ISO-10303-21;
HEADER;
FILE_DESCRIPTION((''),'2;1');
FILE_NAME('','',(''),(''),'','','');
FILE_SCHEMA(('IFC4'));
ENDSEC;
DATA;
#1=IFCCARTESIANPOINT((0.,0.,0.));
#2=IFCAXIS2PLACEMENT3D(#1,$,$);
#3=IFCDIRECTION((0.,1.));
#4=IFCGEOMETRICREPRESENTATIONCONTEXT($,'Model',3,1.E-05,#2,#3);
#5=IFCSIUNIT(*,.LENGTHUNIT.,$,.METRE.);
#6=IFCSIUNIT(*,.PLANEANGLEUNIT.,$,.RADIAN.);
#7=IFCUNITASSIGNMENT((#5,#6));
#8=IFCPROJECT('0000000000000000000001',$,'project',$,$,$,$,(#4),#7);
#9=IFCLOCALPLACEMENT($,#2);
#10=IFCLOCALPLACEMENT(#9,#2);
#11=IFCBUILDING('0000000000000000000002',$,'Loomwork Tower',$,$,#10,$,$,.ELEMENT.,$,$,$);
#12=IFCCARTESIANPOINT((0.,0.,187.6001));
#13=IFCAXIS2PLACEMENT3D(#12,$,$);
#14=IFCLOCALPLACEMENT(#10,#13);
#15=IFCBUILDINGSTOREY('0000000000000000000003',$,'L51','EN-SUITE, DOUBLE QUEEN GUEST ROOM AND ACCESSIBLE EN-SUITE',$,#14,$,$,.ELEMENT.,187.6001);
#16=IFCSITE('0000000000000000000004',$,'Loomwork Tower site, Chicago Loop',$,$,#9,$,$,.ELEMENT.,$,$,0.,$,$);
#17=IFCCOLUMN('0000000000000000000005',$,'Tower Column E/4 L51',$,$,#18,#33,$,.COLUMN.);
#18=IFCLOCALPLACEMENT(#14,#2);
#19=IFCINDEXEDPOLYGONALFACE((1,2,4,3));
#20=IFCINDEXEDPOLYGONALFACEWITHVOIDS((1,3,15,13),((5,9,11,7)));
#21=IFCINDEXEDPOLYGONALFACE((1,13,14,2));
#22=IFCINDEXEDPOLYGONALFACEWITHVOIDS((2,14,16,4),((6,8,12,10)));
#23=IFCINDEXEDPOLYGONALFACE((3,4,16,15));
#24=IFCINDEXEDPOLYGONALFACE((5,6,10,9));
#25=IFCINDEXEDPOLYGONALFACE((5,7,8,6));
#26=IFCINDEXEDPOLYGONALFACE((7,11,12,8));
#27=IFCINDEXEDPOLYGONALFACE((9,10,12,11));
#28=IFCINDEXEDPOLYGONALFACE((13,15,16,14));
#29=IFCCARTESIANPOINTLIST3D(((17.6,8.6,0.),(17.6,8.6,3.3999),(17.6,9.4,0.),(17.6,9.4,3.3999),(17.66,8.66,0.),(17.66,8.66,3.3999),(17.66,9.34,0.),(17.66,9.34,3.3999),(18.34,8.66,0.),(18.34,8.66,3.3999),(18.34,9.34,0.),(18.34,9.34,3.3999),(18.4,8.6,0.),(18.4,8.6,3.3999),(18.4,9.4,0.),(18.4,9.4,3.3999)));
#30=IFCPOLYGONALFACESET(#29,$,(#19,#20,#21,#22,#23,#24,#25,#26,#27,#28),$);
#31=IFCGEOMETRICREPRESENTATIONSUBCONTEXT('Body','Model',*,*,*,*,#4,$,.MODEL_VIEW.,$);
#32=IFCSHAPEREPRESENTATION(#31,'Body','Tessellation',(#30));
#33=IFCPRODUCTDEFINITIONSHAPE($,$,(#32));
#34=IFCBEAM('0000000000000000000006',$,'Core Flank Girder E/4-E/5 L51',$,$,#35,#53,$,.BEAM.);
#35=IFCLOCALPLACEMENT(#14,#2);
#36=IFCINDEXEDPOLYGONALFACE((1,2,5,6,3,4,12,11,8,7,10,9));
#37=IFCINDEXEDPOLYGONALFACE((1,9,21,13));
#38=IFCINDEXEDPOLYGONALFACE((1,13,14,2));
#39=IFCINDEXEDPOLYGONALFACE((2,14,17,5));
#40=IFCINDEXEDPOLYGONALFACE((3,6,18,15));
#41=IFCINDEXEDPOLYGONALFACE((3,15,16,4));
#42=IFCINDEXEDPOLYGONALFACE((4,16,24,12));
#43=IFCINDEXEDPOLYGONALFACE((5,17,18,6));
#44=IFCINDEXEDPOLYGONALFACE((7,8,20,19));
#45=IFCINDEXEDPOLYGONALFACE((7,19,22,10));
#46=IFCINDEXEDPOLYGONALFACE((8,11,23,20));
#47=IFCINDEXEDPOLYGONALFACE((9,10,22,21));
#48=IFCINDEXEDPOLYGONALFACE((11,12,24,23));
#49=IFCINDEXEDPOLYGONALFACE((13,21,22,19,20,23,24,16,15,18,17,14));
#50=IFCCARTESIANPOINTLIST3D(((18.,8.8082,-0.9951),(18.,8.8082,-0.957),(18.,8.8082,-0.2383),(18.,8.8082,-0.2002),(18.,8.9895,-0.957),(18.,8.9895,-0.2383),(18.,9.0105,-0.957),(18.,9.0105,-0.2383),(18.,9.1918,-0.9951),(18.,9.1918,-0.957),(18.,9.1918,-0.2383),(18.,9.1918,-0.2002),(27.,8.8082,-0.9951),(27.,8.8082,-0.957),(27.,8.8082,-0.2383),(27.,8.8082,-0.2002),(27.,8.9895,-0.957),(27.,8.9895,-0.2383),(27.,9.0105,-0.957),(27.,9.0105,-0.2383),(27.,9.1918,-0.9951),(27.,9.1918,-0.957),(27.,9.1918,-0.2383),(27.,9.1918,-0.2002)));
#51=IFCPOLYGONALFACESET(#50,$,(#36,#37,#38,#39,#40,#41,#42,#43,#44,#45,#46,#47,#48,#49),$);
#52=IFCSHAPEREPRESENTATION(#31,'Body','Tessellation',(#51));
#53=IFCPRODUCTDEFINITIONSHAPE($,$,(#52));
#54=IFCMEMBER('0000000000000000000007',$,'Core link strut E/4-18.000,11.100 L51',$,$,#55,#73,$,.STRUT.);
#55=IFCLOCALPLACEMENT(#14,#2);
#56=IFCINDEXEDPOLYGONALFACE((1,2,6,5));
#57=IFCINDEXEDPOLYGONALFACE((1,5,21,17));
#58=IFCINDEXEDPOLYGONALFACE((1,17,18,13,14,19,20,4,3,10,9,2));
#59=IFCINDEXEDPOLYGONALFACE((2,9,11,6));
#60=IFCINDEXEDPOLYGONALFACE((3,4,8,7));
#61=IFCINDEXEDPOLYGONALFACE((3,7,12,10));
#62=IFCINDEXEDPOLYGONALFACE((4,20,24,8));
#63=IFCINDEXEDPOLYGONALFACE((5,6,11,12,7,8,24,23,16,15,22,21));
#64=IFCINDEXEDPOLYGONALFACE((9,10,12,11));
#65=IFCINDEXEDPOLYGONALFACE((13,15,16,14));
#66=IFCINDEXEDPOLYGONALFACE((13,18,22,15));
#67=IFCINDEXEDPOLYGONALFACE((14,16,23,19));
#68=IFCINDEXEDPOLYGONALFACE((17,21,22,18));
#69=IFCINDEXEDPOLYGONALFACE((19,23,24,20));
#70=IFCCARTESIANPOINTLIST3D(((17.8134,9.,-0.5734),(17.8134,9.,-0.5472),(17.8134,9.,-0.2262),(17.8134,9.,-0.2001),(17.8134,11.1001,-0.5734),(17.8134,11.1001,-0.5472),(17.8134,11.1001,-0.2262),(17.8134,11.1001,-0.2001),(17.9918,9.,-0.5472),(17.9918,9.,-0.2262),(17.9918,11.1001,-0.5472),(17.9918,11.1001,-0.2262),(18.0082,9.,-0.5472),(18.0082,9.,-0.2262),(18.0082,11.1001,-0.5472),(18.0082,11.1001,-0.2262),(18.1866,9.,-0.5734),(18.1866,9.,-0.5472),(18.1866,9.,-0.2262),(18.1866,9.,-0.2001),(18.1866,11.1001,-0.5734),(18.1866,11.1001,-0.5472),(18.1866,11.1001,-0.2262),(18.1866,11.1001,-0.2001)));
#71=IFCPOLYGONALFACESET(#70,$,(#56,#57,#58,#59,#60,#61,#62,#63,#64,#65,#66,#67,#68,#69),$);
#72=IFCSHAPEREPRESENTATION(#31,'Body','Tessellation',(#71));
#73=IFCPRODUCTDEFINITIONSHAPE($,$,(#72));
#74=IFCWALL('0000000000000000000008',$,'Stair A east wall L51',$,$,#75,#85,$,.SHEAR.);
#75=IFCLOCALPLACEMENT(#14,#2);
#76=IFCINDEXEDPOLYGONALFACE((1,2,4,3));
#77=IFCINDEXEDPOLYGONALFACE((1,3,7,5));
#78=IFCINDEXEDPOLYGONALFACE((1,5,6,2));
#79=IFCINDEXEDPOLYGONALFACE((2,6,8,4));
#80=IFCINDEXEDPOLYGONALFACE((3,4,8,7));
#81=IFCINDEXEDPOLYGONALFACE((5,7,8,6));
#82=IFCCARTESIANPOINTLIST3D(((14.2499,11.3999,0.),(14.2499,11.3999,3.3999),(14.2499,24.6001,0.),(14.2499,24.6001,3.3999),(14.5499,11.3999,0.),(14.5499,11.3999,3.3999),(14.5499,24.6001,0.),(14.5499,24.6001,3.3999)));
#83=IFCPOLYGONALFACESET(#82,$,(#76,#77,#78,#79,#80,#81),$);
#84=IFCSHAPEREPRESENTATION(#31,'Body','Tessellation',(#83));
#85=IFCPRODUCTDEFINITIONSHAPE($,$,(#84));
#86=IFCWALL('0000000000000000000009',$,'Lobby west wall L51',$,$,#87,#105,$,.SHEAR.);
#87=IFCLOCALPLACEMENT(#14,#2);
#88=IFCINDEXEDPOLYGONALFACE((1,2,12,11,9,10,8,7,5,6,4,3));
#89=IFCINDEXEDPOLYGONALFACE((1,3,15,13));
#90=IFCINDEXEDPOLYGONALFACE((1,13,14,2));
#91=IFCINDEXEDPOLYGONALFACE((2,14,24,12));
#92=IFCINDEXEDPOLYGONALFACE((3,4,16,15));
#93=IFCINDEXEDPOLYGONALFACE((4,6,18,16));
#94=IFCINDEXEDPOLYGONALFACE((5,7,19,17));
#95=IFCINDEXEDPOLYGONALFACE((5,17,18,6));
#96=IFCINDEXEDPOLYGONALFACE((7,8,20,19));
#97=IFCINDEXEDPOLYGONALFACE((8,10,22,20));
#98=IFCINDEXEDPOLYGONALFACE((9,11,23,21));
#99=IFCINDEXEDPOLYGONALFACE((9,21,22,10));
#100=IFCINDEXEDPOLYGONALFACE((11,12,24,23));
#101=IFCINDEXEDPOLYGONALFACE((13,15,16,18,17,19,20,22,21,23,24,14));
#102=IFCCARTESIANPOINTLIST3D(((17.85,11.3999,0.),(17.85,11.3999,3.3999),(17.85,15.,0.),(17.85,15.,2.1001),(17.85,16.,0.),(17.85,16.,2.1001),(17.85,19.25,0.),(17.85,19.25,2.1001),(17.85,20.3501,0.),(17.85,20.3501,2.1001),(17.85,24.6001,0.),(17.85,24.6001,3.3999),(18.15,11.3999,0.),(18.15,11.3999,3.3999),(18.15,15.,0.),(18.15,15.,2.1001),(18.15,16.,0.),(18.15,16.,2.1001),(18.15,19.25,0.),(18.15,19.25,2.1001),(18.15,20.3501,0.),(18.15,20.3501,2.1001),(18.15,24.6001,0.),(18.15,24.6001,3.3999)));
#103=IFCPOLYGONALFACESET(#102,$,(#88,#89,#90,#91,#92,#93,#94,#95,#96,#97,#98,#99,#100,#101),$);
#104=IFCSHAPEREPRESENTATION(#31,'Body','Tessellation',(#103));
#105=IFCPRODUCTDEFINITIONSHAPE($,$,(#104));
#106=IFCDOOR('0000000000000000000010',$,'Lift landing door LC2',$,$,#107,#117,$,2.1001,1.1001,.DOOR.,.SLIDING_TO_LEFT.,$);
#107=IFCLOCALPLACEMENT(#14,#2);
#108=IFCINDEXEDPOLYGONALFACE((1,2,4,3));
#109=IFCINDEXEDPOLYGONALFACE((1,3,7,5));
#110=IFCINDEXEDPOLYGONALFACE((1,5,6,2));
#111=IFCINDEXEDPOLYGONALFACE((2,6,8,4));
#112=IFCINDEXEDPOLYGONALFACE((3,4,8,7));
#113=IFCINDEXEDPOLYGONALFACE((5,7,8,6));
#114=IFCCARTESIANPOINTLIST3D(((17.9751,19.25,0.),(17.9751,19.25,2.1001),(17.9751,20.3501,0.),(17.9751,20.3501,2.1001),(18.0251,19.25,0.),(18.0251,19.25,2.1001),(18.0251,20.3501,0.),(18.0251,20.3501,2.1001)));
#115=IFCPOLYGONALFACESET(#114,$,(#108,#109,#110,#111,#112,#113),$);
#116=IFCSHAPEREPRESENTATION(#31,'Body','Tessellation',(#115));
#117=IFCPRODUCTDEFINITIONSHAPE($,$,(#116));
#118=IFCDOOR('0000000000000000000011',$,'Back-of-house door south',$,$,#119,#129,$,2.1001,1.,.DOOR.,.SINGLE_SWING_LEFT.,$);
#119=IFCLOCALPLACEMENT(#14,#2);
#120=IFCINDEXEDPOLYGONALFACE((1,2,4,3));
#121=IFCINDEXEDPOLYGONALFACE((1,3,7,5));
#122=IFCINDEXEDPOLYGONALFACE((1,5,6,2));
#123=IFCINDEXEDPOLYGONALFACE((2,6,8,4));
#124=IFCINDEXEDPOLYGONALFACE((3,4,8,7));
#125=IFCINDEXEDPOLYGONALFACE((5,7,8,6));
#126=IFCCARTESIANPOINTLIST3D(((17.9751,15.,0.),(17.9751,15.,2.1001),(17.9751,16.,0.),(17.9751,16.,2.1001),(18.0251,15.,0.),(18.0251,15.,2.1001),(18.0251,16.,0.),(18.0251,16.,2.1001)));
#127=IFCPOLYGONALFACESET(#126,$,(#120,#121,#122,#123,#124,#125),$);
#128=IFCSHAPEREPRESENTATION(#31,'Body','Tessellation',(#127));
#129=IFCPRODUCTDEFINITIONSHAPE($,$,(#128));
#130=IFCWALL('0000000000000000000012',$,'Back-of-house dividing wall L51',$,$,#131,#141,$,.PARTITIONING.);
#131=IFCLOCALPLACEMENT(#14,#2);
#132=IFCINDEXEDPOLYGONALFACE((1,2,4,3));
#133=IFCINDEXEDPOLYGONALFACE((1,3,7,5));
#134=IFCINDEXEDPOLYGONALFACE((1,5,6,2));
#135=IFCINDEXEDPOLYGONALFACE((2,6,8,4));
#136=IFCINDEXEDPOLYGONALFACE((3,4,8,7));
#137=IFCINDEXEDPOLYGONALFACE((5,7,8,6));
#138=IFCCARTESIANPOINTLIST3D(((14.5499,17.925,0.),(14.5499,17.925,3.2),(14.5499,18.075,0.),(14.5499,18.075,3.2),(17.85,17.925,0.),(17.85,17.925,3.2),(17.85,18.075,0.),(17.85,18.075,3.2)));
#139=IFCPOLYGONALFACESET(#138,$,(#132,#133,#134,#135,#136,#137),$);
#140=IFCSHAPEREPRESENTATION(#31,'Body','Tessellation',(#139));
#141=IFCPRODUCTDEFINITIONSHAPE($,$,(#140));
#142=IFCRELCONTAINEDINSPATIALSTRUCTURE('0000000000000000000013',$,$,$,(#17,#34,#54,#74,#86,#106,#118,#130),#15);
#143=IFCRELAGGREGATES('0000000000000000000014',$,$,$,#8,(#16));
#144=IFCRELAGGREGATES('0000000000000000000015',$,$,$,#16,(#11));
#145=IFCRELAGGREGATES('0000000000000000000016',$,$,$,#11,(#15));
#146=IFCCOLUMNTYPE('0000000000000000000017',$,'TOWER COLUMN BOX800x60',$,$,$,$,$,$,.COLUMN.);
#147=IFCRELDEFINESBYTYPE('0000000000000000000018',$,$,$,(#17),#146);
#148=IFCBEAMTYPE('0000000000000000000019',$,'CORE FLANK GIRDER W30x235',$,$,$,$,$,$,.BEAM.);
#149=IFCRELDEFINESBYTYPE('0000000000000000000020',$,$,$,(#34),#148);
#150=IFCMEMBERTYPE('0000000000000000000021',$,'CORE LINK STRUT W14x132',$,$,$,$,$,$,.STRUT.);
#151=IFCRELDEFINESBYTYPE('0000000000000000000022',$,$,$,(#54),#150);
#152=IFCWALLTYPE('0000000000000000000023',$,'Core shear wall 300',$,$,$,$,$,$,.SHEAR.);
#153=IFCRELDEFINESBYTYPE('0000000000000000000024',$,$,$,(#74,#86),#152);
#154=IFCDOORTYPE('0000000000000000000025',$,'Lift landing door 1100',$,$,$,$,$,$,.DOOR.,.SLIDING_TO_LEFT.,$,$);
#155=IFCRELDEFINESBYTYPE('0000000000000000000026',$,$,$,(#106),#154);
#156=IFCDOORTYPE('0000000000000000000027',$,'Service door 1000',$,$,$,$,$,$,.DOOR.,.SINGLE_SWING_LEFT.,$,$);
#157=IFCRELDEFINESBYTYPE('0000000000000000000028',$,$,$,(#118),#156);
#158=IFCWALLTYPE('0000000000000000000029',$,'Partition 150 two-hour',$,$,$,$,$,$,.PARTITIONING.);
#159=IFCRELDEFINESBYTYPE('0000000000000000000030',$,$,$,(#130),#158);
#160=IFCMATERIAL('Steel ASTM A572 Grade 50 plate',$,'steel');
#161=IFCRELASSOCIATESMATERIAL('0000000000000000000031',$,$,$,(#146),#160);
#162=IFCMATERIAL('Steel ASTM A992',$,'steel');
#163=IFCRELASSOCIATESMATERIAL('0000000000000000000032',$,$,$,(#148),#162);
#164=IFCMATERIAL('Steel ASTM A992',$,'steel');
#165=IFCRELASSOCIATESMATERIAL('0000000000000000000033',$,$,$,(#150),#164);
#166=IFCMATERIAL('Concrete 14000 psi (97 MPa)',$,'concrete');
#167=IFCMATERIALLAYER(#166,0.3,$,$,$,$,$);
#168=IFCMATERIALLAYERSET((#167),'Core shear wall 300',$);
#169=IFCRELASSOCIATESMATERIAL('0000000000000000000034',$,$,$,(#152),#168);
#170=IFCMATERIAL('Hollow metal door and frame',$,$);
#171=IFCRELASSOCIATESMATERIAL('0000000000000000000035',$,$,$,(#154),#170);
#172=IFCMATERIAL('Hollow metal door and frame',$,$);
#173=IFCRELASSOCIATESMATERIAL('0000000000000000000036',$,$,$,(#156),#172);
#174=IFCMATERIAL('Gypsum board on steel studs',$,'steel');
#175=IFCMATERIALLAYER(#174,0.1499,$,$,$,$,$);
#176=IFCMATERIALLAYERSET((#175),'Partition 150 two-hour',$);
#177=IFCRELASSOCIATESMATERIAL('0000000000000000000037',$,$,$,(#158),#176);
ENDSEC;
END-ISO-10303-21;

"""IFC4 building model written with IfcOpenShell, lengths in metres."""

from ifc_helpers import new_model, si_unit, direction, frame, frame_2d, origin, origin_2d, place, context, subcontext, project, spatial, rectangle, hollow_rectangle, i_section, extrude, material, layer, layer_set, material_profile, profile_set, type_object, element, fill, save


model = new_model("IFC4")

# Units and contexts
model_context = context("Model", 3, precision=1e-05, world=origin(), true_north=direction((0.0, 1.0)))
body_context = subcontext(model_context, "Body", "Model", "MODEL_VIEW")
ifc_project = project(units=[si_unit("LENGTHUNIT", "METRE"), si_unit("PLANEANGLEUNIT", "RADIAN")], contexts=[model_context])

# Site, building, storey
site_placement = place(None, origin())
site = spatial("IfcSite", under=ifc_project, at=site_placement, Name="Loomwork Tower site, Chicago Loop", CompositionType="ELEMENT", RefElevation=0.0)
building_placement = place(site_placement, origin())
building = spatial("IfcBuilding", under=site, at=building_placement, Name="Loomwork Tower", CompositionType="ELEMENT")
storey_placement = place(building_placement, frame((0.0, 0.0, 187.6001)))
storey = spatial("IfcBuildingStorey", under=building, at=storey_placement, Name="L51", Description="EN-SUITE, DOUBLE QUEEN GUEST ROOM AND ACCESSIBLE EN-SUITE", CompositionType="ELEMENT", Elevation=187.6001)

# Column
ifc_material_1 = material(Name="Steel ASTM A572 Grade 50 plate", Category="steel")
ifc_material_profile_1 = material_profile(ifc_material_1, hollow_rectangle(XDim=0.8, YDim=0.8, WallThickness=0.0601, at=origin_2d()), Name="BOX800x60")
ifc_profile_set_1 = profile_set([ifc_material_profile_1], Name="Steel ASTM A572 Grade 50 plate")
column_type = type_object("IfcColumnType", Name="TOWER COLUMN BOX800x60", PredefinedType="COLUMN", material=ifc_profile_set_1)
column_placement = place(storey_placement, frame((18.0, 9.0, 0.0), z_axis=(0.0, 0.0, 1.0), x_axis=(1.0, 0.0, 0.0)))
element("IfcColumn", 1, at=column_placement, inside=storey, type_object=column_type, Name="Tower Column E/4 L51", PredefinedType="COLUMN", context=body_context, shape_type="SweptSolid", body=[
    extrude(hollow_rectangle(XDim=0.8, YDim=0.8, WallThickness=0.0601, at=origin_2d()), origin(), (0.0, 0.0, 1.0), 3.3999),
])

# Beam
ifc_material_2 = material(Name="Steel ASTM A992", Category="steel")
ifc_material_profile_2 = material_profile(ifc_material_2, i_section(OverallWidth=0.3835, OverallDepth=0.7949, WebThickness=0.021, FlangeThickness=0.0381, at=origin_2d()), Name="W30x235")
ifc_profile_set_2 = profile_set([ifc_material_profile_2], Name="Steel ASTM A992")
beam_type = type_object("IfcBeamType", Name="CORE FLANK GIRDER W30x235", PredefinedType="BEAM", material=ifc_profile_set_2)
beam_placement = place(storey_placement, frame((18.0, 9.0, -0.5977), z_axis=(1.0, 0.0, 0.0), x_axis=(0.0, 1.0, 0.0)))
element("IfcBeam", 2, at=beam_placement, inside=storey, type_object=beam_type, Name="Core Flank Girder E/4-E/5 L51", PredefinedType="BEAM", context=body_context, shape_type="SweptSolid", body=[
    extrude(i_section(OverallWidth=0.3835, OverallDepth=0.7949, WebThickness=0.021, FlangeThickness=0.0381, at=origin_2d()), origin(), (0.0, 0.0, 1.0), 9.0),
])

# Member
ifc_material_3 = material(Name="Steel ASTM A992", Category="steel")
ifc_material_profile_3 = material_profile(ifc_material_3, i_section(OverallWidth=0.3733, OverallDepth=0.3733, WebThickness=0.0164, FlangeThickness=0.0261, at=origin_2d()), Name="W14x132")
ifc_profile_set_3 = profile_set([ifc_material_profile_3], Name="Steel ASTM A992")
member_type = type_object("IfcMemberType", Name="CORE LINK STRUT W14x132", PredefinedType="STRUT", material=ifc_profile_set_3)
member_placement = place(storey_placement, frame((18.0, 9.0, -0.3867), z_axis=(0.0, 1.0, 0.0), x_axis=(-1.0, 0.0, 0.0)))
element("IfcMember", 3, at=member_placement, inside=storey, type_object=member_type, Name="Core link strut E/4-18.000,11.100 L51", PredefinedType="STRUT", context=body_context, shape_type="SweptSolid", body=[
    extrude(i_section(OverallWidth=0.3733, OverallDepth=0.3733, WebThickness=0.0164, FlangeThickness=0.0261, at=origin_2d()), origin(), (0.0, 0.0, 1.0), 2.1001),
])

# Wall
ifc_material_4 = material(Name="Concrete 14000 psi (97 MPa)", Category="concrete")
ifc_layer_1 = layer(ifc_material_4, 0.3)
ifc_layer_set_1 = layer_set([ifc_layer_1], Name="Core shear wall 300")
wall_type_1 = type_object("IfcWallType", Name="Core shear wall 300", PredefinedType="SHEAR", material=ifc_layer_set_1)
wall_1_placement = place(storey_placement, frame((14.3999, 11.3999, 0.0), z_axis=(0.0, 0.0, 1.0), x_axis=(0.0, 1.0, 0.0)))
element("IfcWall", 4, at=wall_1_placement, inside=storey, type_object=wall_type_1, Name="Stair A east wall L51", PredefinedType="SHEAR", context=body_context, shape_type="SweptSolid", body=[
    extrude(rectangle(XDim=13.2002, YDim=0.3, at=frame_2d((6.6001, 0.0))), origin(), (0.0, 0.0, 1.0), 3.3999),
])

# Wall, openings, doors
wall_2_placement = place(storey_placement, frame((18.0, 11.3999, 0.0), z_axis=(0.0, 0.0, 1.0), x_axis=(0.0, 1.0, 0.0)))
wall_2 = element("IfcWall", 5, at=wall_2_placement, inside=storey, type_object=wall_type_1, Name="Lobby west wall L51", PredefinedType="SHEAR", context=body_context, shape_type="SweptSolid", body=[
    extrude(rectangle(XDim=13.2002, YDim=0.3, at=frame_2d((6.6001, 0.0))), origin(), (0.0, 0.0, 1.0), 3.3999),
])
opening_1_placement = place(wall_2_placement, frame((3.6001, 0.0, 0.0)))
opening_1 = element("IfcOpeningElement", 6, at=opening_1_placement, cuts=wall_2, PredefinedType="OPENING", context=body_context, shape_type="SweptSolid", body=[
    extrude(rectangle(XDim=1.0, YDim=2.1001, at=frame_2d((0.5, 1.05))), frame((0.0, 0.1599, 0.0), z_axis=(0.0, -1.0, 0.0), x_axis=(1.0, 0.0, 0.0)), (0.0, 0.0, 1.0), 0.3201),
])
opening_2_placement = place(wall_2_placement, frame((7.8501, 0.0, 0.0)))
opening_2 = element("IfcOpeningElement", 7, at=opening_2_placement, cuts=wall_2, PredefinedType="OPENING", context=body_context, shape_type="SweptSolid", body=[
    extrude(rectangle(XDim=1.1001, YDim=2.1001, at=frame_2d((0.55, 1.05))), frame((0.0, 0.1599, 0.0), z_axis=(0.0, -1.0, 0.0), x_axis=(1.0, 0.0, 0.0)), (0.0, 0.0, 1.0), 0.3201),
])
ifc_material_5 = material(Name="Hollow metal door and frame")
door_type_1 = type_object("IfcDoorType", Name="Lift landing door 1100", OperationType="SLIDING_TO_LEFT", PredefinedType="DOOR", material=ifc_material_5)
door_1_placement = place(opening_2_placement, origin())
door_1 = element("IfcDoor", 8, at=door_1_placement, inside=storey, type_object=door_type_1, Name="Lift landing door LC2", OperationType="SLIDING_TO_LEFT", OverallHeight=2.1001, OverallWidth=1.1001, PredefinedType="DOOR", context=body_context, shape_type="SweptSolid", body=[
    extrude(rectangle(XDim=1.1001, YDim=2.1001, at=frame_2d((0.55, 1.05))), frame((0.0, 0.0249, 0.0), z_axis=(0.0, -1.0, 0.0), x_axis=(1.0, 0.0, 0.0)), (0.0, 0.0, 1.0), 0.05),
])
fill(opening_2, door_1)
ifc_material_6 = material(Name="Hollow metal door and frame")
door_type_2 = type_object("IfcDoorType", Name="Service door 1000", OperationType="SINGLE_SWING_LEFT", PredefinedType="DOOR", material=ifc_material_6)
door_2_placement = place(opening_1_placement, origin())
door_2 = element("IfcDoor", 9, at=door_2_placement, inside=storey, type_object=door_type_2, Name="Back-of-house door south", OperationType="SINGLE_SWING_LEFT", OverallHeight=2.1001, OverallWidth=1.0, PredefinedType="DOOR", context=body_context, shape_type="SweptSolid", body=[
    extrude(rectangle(XDim=1.0, YDim=2.1001, at=frame_2d((0.5, 1.05))), frame((0.0, 0.0249, 0.0), z_axis=(0.0, -1.0, 0.0), x_axis=(1.0, 0.0, 0.0)), (0.0, 0.0, 1.0), 0.05),
])
fill(opening_1, door_2)

# Wall
ifc_material_7 = material(Name="Gypsum board on steel studs", Category="steel")
ifc_layer_2 = layer(ifc_material_7, 0.1499)
ifc_layer_set_2 = layer_set([ifc_layer_2], Name="Partition 150 two-hour")
wall_type_2 = type_object("IfcWallType", Name="Partition 150 two-hour", PredefinedType="PARTITIONING", material=ifc_layer_set_2)
wall_3_placement = place(storey_placement, frame((14.55, 18.0, 0.0), z_axis=(0.0, 0.0, 1.0), x_axis=(1.0, 0.0, 0.0)))
element("IfcWall", 10, at=wall_3_placement, inside=storey, type_object=wall_type_2, Name="Back-of-house dividing wall L51", PredefinedType="PARTITIONING", context=body_context, shape_type="SweptSolid", body=[
    extrude(rectangle(XDim=3.3, YDim=0.1499, at=frame_2d((1.6499, 0.0))), origin(), (0.0, 0.0, 1.0), 3.2),
])

save(model, "model.ifc")
